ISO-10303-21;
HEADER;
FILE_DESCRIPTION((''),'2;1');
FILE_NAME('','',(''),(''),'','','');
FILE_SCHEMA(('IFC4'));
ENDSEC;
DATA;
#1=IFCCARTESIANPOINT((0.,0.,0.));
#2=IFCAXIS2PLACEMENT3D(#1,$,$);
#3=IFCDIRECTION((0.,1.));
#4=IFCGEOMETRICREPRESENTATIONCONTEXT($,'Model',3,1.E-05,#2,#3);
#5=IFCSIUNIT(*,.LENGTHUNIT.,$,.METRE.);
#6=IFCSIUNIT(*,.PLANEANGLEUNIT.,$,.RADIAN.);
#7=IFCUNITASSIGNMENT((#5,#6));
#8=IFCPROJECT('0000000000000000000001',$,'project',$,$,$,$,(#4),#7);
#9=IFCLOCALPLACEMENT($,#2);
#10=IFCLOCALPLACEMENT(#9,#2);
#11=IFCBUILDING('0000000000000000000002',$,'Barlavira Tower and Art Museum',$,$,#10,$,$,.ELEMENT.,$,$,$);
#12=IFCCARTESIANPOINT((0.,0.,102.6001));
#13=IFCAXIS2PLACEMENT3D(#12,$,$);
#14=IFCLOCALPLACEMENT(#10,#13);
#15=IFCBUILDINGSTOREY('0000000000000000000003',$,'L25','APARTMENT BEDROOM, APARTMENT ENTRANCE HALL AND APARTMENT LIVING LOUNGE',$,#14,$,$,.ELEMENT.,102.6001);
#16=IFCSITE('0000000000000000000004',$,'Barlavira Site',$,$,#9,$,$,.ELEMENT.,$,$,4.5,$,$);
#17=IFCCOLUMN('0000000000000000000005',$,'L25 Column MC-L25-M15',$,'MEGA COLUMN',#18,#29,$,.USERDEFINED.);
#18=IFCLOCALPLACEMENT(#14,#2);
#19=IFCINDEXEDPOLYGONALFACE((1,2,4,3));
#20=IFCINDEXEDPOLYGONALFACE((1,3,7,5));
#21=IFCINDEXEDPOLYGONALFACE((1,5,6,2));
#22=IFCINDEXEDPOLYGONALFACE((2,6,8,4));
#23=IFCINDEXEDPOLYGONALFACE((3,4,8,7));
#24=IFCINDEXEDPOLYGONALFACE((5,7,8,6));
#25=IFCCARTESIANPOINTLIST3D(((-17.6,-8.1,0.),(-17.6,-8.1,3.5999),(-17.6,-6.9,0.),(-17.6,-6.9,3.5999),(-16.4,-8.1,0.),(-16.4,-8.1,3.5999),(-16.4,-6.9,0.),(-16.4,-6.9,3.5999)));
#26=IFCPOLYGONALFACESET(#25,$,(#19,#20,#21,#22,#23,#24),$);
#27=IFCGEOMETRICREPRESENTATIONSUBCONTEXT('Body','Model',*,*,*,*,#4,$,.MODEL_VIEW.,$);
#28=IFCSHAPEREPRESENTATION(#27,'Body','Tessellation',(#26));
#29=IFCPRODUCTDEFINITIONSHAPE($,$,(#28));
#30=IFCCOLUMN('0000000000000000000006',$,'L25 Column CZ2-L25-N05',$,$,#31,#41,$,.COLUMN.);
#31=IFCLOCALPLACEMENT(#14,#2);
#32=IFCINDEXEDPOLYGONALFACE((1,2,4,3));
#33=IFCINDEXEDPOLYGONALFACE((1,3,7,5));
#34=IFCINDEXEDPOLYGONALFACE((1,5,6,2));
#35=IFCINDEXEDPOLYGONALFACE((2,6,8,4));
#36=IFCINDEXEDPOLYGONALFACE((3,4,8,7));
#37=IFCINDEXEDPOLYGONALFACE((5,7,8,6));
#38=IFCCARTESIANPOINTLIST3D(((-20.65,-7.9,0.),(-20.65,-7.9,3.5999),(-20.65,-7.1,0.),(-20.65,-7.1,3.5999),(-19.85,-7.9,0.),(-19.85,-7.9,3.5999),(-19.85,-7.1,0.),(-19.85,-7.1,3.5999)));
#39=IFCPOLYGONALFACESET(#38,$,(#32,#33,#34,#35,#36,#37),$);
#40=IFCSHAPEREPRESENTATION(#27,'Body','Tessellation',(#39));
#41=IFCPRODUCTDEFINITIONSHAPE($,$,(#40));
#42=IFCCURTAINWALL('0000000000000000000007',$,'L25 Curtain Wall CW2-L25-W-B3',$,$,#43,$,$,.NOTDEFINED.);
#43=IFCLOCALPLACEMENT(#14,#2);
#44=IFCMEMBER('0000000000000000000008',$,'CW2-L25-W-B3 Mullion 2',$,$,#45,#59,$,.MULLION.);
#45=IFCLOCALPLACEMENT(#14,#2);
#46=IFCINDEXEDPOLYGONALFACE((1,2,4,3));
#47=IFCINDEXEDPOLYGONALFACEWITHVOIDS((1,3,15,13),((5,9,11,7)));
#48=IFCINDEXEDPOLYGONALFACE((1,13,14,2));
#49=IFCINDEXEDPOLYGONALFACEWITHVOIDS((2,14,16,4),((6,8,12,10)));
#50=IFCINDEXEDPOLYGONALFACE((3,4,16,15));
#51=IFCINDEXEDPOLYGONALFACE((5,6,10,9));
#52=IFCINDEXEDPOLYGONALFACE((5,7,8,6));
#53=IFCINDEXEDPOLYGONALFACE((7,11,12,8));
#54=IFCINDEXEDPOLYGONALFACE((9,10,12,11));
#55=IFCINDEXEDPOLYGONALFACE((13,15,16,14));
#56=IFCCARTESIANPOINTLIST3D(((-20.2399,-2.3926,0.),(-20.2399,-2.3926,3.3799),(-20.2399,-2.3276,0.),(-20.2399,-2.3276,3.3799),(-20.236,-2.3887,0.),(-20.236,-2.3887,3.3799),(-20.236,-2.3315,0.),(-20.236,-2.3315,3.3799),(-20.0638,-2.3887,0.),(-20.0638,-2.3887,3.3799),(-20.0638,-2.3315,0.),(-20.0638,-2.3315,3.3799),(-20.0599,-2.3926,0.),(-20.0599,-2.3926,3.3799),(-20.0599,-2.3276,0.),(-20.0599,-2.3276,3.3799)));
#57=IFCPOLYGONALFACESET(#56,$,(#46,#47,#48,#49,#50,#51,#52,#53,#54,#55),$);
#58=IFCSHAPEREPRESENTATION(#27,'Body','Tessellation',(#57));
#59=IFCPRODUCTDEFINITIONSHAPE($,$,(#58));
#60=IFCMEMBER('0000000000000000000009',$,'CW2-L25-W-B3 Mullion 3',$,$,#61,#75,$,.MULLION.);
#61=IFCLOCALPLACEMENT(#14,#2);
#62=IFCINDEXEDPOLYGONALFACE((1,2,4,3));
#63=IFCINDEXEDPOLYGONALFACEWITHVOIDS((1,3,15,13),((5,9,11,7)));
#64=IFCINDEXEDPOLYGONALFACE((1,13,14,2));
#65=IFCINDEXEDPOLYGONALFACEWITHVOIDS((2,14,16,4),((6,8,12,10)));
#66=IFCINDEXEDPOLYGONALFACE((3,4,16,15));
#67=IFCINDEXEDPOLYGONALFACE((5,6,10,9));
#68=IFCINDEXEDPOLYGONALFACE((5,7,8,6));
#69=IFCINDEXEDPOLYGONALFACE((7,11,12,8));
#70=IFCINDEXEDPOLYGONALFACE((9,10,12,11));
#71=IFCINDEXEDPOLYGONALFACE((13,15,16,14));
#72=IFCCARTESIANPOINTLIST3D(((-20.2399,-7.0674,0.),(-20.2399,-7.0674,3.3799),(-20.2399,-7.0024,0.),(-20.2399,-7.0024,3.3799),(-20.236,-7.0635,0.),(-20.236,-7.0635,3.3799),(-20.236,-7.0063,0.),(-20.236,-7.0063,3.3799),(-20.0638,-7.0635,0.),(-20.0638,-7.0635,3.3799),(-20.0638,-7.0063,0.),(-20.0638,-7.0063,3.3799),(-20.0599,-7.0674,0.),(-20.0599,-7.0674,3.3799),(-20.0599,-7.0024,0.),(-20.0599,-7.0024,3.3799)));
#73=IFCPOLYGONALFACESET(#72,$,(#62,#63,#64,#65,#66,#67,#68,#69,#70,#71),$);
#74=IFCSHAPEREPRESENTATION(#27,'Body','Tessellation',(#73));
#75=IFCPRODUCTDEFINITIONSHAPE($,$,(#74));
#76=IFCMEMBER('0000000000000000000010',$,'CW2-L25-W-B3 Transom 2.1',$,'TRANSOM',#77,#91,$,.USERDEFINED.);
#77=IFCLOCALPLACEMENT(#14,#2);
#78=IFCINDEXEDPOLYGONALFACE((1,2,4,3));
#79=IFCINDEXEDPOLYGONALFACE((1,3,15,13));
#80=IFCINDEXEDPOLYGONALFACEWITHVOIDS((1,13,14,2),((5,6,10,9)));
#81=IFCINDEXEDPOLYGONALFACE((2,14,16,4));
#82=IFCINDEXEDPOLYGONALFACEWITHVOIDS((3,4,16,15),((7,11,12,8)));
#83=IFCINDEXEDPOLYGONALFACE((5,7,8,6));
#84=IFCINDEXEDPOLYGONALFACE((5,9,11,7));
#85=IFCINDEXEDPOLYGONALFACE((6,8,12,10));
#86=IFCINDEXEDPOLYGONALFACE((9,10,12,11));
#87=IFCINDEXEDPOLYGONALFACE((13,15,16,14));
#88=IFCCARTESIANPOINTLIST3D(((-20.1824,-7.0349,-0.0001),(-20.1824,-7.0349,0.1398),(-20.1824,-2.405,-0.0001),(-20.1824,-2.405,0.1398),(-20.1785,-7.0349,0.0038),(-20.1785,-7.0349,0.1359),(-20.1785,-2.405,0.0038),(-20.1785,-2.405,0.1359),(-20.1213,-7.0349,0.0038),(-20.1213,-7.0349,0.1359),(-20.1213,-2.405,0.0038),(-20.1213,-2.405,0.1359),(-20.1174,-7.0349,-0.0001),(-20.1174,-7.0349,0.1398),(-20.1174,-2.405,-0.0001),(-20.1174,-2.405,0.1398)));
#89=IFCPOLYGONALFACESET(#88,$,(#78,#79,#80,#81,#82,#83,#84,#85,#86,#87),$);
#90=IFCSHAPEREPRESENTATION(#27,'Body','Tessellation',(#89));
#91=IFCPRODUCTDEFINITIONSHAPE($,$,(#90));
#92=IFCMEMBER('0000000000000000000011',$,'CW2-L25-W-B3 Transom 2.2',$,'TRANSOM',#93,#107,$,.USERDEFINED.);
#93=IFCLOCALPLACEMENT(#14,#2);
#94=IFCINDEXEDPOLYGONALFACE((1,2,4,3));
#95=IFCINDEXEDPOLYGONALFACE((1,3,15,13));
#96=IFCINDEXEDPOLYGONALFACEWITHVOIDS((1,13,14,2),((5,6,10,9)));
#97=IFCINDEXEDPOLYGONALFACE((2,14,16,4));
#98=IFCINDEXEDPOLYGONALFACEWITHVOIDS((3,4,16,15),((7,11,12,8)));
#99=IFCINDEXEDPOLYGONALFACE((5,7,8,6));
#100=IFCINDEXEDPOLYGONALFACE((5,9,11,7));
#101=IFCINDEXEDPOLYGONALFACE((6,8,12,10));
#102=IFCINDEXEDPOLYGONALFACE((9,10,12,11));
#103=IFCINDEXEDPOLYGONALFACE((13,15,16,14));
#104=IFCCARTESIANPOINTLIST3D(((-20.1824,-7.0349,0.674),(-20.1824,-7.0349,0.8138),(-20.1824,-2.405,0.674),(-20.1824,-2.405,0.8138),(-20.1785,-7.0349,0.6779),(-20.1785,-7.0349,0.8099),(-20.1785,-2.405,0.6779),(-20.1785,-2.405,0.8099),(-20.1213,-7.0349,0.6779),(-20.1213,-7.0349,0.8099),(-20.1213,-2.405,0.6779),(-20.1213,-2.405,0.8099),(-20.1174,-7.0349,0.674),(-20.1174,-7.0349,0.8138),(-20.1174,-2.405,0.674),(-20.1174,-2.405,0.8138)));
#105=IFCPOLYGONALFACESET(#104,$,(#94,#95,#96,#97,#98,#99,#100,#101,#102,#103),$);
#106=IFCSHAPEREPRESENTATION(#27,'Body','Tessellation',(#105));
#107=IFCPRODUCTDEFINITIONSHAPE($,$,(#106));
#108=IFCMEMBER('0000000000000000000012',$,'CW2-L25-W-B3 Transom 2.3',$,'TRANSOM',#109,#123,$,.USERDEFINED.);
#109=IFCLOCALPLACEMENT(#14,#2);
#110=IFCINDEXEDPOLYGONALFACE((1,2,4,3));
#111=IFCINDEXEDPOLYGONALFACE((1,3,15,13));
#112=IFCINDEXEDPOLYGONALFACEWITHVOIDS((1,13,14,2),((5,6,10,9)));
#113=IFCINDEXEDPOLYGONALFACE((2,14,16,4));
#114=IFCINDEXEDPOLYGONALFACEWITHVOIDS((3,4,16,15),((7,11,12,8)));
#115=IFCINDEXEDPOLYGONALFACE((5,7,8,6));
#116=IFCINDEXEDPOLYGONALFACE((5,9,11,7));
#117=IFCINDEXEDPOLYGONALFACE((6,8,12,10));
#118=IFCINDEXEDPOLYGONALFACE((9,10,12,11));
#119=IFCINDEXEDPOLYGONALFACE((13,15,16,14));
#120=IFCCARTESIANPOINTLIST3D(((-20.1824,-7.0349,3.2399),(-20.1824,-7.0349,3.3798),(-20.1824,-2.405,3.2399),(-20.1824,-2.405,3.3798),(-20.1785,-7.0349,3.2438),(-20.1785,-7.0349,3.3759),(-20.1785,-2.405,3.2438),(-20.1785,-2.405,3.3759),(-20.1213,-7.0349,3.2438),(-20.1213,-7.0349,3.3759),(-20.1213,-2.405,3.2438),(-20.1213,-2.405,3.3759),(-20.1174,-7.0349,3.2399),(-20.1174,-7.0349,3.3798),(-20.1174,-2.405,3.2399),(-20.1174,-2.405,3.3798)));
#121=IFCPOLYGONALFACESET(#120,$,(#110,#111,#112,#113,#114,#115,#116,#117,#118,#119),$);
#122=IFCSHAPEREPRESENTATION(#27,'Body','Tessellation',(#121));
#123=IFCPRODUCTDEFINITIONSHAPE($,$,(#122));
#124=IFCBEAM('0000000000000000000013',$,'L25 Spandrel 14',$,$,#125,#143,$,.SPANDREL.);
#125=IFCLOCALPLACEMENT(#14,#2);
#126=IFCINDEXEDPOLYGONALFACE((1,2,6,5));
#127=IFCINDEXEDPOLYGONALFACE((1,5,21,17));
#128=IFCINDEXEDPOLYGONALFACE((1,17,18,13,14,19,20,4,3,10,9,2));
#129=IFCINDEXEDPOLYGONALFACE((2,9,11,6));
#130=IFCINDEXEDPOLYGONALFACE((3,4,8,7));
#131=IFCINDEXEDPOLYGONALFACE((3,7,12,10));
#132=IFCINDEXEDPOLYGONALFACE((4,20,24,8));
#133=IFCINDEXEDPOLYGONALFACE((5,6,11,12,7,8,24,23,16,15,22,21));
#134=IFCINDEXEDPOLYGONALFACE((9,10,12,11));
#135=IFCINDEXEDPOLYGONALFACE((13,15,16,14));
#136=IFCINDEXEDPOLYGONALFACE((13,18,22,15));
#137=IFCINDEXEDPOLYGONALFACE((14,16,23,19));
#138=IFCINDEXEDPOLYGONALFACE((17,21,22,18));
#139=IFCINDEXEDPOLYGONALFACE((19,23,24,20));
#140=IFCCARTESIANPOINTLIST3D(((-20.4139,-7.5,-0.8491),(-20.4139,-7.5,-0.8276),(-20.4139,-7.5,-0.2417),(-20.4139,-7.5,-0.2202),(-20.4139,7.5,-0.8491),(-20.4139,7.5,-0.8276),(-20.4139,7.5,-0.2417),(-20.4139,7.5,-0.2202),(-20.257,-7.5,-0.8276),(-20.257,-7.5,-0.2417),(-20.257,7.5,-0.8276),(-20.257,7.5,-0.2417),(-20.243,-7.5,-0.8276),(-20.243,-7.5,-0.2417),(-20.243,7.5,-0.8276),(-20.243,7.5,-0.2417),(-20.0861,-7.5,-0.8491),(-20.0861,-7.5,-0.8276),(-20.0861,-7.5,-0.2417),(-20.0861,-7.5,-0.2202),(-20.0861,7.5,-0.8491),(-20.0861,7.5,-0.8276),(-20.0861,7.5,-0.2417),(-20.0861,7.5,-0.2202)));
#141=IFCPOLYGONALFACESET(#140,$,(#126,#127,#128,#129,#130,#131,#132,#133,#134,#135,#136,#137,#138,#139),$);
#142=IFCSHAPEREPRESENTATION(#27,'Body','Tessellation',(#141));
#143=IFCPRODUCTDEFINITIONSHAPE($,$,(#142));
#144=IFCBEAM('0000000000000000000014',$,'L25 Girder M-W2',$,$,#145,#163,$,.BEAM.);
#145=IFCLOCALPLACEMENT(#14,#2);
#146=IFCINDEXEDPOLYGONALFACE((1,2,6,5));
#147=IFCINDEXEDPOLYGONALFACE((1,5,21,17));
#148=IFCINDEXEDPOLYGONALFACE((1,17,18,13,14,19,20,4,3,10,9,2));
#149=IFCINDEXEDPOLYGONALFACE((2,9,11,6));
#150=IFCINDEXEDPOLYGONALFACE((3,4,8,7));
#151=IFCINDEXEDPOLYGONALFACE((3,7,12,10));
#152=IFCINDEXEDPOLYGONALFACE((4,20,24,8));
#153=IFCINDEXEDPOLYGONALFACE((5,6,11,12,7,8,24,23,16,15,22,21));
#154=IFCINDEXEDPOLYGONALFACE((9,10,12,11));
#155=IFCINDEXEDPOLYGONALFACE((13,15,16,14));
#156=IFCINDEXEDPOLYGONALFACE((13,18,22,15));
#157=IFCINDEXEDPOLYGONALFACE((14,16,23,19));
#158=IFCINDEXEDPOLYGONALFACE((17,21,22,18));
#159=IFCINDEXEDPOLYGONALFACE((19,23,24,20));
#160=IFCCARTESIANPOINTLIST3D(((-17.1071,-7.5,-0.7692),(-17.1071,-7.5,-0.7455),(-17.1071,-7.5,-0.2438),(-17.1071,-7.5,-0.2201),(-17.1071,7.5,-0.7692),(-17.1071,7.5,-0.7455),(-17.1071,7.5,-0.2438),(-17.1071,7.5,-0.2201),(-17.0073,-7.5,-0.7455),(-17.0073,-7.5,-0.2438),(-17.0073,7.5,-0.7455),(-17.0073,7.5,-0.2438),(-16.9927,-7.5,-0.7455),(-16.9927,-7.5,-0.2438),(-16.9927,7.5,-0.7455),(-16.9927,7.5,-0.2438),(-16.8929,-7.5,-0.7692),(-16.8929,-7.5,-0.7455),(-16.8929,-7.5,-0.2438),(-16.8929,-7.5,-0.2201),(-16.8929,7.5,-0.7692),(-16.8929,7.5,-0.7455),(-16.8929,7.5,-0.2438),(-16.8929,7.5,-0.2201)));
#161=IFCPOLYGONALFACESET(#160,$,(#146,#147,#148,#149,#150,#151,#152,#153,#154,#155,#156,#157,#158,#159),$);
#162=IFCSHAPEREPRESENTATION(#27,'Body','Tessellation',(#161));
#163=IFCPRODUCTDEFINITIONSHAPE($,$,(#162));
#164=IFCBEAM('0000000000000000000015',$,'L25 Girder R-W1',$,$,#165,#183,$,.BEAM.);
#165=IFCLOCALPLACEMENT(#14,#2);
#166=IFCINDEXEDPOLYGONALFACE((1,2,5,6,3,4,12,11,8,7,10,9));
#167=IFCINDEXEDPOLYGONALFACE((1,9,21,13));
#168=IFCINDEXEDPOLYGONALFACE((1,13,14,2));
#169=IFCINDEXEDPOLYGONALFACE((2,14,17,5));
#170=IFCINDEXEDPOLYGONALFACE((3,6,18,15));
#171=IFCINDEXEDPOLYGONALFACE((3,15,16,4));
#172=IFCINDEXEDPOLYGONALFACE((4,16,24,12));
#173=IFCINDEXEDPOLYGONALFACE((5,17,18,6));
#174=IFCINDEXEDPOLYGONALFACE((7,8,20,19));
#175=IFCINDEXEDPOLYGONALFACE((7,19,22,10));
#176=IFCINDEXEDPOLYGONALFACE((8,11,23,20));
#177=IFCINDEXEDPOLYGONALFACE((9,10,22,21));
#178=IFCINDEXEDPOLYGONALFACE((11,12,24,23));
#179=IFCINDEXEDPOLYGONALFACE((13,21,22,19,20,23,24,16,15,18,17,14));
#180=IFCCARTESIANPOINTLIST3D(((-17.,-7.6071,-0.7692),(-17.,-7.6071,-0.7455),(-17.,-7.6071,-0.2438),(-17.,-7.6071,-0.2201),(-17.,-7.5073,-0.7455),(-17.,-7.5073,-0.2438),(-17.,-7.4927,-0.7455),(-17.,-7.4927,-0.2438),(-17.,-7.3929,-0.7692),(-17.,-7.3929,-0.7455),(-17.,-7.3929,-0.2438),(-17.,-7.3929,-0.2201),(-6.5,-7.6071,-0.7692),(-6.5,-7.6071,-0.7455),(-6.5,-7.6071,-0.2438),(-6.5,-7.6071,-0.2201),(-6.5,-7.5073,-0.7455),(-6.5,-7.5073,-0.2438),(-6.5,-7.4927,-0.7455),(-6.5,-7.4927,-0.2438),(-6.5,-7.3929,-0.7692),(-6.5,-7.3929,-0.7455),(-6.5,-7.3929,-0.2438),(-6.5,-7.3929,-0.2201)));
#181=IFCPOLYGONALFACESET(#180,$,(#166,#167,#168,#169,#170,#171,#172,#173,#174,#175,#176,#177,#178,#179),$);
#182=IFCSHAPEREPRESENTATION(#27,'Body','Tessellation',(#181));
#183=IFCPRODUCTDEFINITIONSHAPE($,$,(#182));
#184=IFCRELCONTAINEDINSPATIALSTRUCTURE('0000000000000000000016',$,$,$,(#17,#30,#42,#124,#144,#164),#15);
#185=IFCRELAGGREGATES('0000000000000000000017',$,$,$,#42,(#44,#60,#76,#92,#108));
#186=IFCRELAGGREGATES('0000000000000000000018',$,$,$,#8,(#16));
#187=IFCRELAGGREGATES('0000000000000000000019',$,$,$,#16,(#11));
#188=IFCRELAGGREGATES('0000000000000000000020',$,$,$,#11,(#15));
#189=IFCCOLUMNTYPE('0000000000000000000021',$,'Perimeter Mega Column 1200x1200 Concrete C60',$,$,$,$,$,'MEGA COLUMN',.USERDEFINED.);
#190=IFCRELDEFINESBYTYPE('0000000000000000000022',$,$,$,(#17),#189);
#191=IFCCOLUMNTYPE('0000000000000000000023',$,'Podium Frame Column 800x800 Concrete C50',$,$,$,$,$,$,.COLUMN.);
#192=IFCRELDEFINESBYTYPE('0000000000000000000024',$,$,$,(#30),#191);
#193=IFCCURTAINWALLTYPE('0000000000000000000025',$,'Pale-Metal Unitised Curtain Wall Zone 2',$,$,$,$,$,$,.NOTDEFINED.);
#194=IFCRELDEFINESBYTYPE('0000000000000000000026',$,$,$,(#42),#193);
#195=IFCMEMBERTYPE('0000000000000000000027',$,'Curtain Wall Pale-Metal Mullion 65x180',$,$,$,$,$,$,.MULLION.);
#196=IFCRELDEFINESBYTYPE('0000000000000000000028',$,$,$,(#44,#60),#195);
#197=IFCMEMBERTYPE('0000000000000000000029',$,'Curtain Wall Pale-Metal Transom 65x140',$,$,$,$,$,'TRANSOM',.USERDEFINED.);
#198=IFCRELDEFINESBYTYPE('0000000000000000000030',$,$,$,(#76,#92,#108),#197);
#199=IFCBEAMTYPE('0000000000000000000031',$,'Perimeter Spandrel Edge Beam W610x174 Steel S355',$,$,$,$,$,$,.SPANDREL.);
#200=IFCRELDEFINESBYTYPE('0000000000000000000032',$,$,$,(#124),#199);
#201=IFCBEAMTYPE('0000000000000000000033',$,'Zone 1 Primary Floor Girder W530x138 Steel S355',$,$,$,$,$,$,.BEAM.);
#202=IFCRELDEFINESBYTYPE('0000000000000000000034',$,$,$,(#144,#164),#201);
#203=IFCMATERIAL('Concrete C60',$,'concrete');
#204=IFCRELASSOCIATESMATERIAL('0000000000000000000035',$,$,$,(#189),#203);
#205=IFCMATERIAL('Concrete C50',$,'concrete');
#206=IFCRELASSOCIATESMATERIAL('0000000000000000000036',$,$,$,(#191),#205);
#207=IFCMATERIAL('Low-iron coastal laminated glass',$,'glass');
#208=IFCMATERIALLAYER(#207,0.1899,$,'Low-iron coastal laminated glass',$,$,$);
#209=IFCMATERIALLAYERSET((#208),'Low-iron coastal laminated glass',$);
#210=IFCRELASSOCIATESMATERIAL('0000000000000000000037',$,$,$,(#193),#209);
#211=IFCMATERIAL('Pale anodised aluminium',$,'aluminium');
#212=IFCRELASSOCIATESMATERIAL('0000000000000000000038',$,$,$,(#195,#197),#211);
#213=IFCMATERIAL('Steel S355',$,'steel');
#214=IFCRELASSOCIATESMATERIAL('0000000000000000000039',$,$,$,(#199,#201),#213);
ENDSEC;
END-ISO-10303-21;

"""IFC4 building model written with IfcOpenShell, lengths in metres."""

from ifc_helpers import new_model, si_unit, direction, frame, origin, origin_2d, place, context, subcontext, project, spatial, rectangle, hollow_rectangle, i_section, extrude, material, layer, layer_set, material_profile, profile_set, type_object, element, aggregate, save


model = new_model("IFC4")

# Units and contexts
model_context = context("Model", 3, precision=1e-05, world=origin(), true_north=direction((0.0, 1.0)))
body_context = subcontext(model_context, "Body", "Model", "MODEL_VIEW")
ifc_project = project(units=[si_unit("LENGTHUNIT", "METRE"), si_unit("PLANEANGLEUNIT", "RADIAN")], contexts=[model_context])

# Site, building, storey
site_placement = place(None, origin())
site = spatial("IfcSite", under=ifc_project, at=site_placement, Name="Barlavira Site", CompositionType="ELEMENT", RefElevation=4.5)
building_placement = place(site_placement, origin())
building = spatial("IfcBuilding", under=site, at=building_placement, Name="Barlavira Tower and Art Museum", CompositionType="ELEMENT")
storey_placement = place(building_placement, frame((0.0, 0.0, 102.6001)))
storey = spatial("IfcBuildingStorey", under=building, at=storey_placement, Name="L25", Description="APARTMENT BEDROOM, APARTMENT ENTRANCE HALL AND APARTMENT LIVING LOUNGE", CompositionType="ELEMENT", Elevation=102.6001)

# Columns
ifc_material_1 = material(Name="Concrete C60", Category="concrete")
ifc_material_profile_1 = material_profile(ifc_material_1, rectangle(XDim=1.2, YDim=1.2, at=origin_2d()), Name="RC-COL 1200x1200")
ifc_profile_set_1 = profile_set([ifc_material_profile_1], Name="Concrete C60")
column_type_1 = type_object("IfcColumnType", Name="Perimeter Mega Column 1200x1200 Concrete C60", ElementType="MEGA COLUMN", PredefinedType="USERDEFINED", material=ifc_profile_set_1)
column_1_placement = place(storey_placement, frame((-17.0, -7.5, 0.0), z_axis=(0.0, 0.0, 1.0), x_axis=(1.0, 0.0, 0.0)))
element("IfcColumn", 1, at=column_1_placement, inside=storey, type_object=column_type_1, Name="L25 Column MC-L25-M15", ObjectType="MEGA COLUMN", PredefinedType="USERDEFINED", context=body_context, shape_type="SweptSolid", body=[
    extrude(rectangle(XDim=1.2, YDim=1.2, at=origin_2d()), origin(), (0.0, 0.0, 1.0), 3.5999),
])
ifc_material_2 = material(Name="Concrete C50", Category="concrete")
ifc_material_profile_2 = material_profile(ifc_material_2, rectangle(XDim=0.8, YDim=0.8, at=origin_2d()), Name="RC-COL 800x800")
ifc_profile_set_2 = profile_set([ifc_material_profile_2], Name="Concrete C50")
column_type_2 = type_object("IfcColumnType", Name="Podium Frame Column 800x800 Concrete C50", PredefinedType="COLUMN", material=ifc_profile_set_2)
column_2_placement = place(storey_placement, frame((-20.25, -7.5, 0.0), z_axis=(0.0, 0.0, 1.0), x_axis=(1.0, 0.0, 0.0)))
element("IfcColumn", 2, at=column_2_placement, inside=storey, type_object=column_type_2, Name="L25 Column CZ2-L25-N05", PredefinedType="COLUMN", context=body_context, shape_type="SweptSolid", body=[
    extrude(rectangle(XDim=0.8, YDim=0.8, at=origin_2d()), origin(), (0.0, 0.0, 1.0), 3.5999),
])

# Curtain wall, members
ifc_material_3 = material(Name="Low-iron coastal laminated glass", Category="glass")
ifc_layer_1 = layer(ifc_material_3, 0.1899, Name="Low-iron coastal laminated glass")
ifc_layer_set_1 = layer_set([ifc_layer_1], Name="Low-iron coastal laminated glass")
curtain_wall_type = type_object("IfcCurtainWallType", Name="Pale-Metal Unitised Curtain Wall Zone 2", PredefinedType="NOTDEFINED", material=ifc_layer_set_1)
curtain_wall_placement = place(storey_placement, origin())
curtain_wall = element("IfcCurtainWall", 3, at=curtain_wall_placement, inside=storey, type_object=curtain_wall_type, Name="L25 Curtain Wall CW2-L25-W-B3", PredefinedType="NOTDEFINED")
ifc_material_4 = material(Name="Pale anodised aluminium", Category="aluminium")
ifc_material_profile_3 = material_profile(ifc_material_4, hollow_rectangle(XDim=0.0649, YDim=0.1799, WallThickness=0.0039, at=origin_2d()), Name="ALU-MULL 65x180x4")
ifc_profile_set_3 = profile_set([ifc_material_profile_3], Name="Pale anodised aluminium")
member_type_1 = type_object("IfcMemberType", Name="Curtain Wall Pale-Metal Mullion 65x180", PredefinedType="MULLION", material=ifc_profile_set_3)
member_1_placement = place(storey_placement, frame((-20.1499, -2.3601, 0.0), z_axis=(0.0, 0.0, 1.0), x_axis=(0.0, -1.0, 0.0)))
member_1 = element("IfcMember", 4, at=member_1_placement, type_object=member_type_1, Name="CW2-L25-W-B3 Mullion 2", PredefinedType="MULLION", context=body_context, shape_type="SweptSolid", body=[
    extrude(hollow_rectangle(XDim=0.0649, YDim=0.1799, WallThickness=0.0039, at=origin_2d()), origin(), (0.0, 0.0, 1.0), 3.3799),
])
member_2_placement = place(storey_placement, frame((-20.1499, -7.0349, 0.0), z_axis=(0.0, 0.0, 1.0), x_axis=(0.0, -1.0, 0.0)))
member_2 = element("IfcMember", 5, at=member_2_placement, type_object=member_type_1, Name="CW2-L25-W-B3 Mullion 3", PredefinedType="MULLION", context=body_context, shape_type="SweptSolid", body=[
    extrude(hollow_rectangle(XDim=0.0649, YDim=0.1799, WallThickness=0.0039, at=origin_2d()), origin(), (0.0, 0.0, 1.0), 3.3799),
])
ifc_material_profile_4 = material_profile(ifc_material_4, hollow_rectangle(XDim=0.0649, YDim=0.1399, WallThickness=0.0039, at=origin_2d()), Name="ALU-TRAN 65x140x4")
ifc_profile_set_4 = profile_set([ifc_material_profile_4], Name="Pale anodised aluminium")
member_type_2 = type_object("IfcMemberType", Name="Curtain Wall Pale-Metal Transom 65x140", ElementType="TRANSOM", PredefinedType="USERDEFINED", material=ifc_profile_set_4)
member_3_placement = place(storey_placement, frame((-20.1499, -2.405, 0.0698), z_axis=(0.0, -1.0, 0.0), x_axis=(1.0, 0.0, 0.0)))
member_3 = element("IfcMember", 6, at=member_3_placement, type_object=member_type_2, Name="CW2-L25-W-B3 Transom 2.1", ObjectType="TRANSOM", PredefinedType="USERDEFINED", context=body_context, shape_type="SweptSolid", body=[
    extrude(hollow_rectangle(XDim=0.0649, YDim=0.1399, WallThickness=0.0039, at=origin_2d()), origin(), (0.0, 0.0, 1.0), 4.6299),
])
member_4_placement = place(storey_placement, frame((-20.1499, -2.405, 0.7439), z_axis=(0.0, -1.0, 0.0), x_axis=(1.0, 0.0, 0.0)))
member_4 = element("IfcMember", 7, at=member_4_placement, type_object=member_type_2, Name="CW2-L25-W-B3 Transom 2.2", ObjectType="TRANSOM", PredefinedType="USERDEFINED", context=body_context, shape_type="SweptSolid", body=[
    extrude(hollow_rectangle(XDim=0.0649, YDim=0.1399, WallThickness=0.0039, at=origin_2d()), origin(), (0.0, 0.0, 1.0), 4.6299),
])
member_5_placement = place(storey_placement, frame((-20.1499, -2.405, 3.3098), z_axis=(0.0, -1.0, 0.0), x_axis=(1.0, 0.0, 0.0)))
member_5 = element("IfcMember", 8, at=member_5_placement, type_object=member_type_2, Name="CW2-L25-W-B3 Transom 2.3", ObjectType="TRANSOM", PredefinedType="USERDEFINED", context=body_context, shape_type="SweptSolid", body=[
    extrude(hollow_rectangle(XDim=0.0649, YDim=0.1399, WallThickness=0.0039, at=origin_2d()), origin(), (0.0, 0.0, 1.0), 4.6299),
])

# Beams
ifc_material_5 = material(Name="Steel S355", Category="steel")
ifc_material_profile_5 = material_profile(ifc_material_5, i_section(OverallWidth=0.3279, OverallDepth=0.6289, WebThickness=0.0139, FlangeThickness=0.0215, at=origin_2d()), Name="W610x174.0")
ifc_profile_set_5 = profile_set([ifc_material_profile_5], Name="Steel S355")
beam_type_1 = type_object("IfcBeamType", Name="Perimeter Spandrel Edge Beam W610x174 Steel S355", PredefinedType="SPANDREL", material=ifc_profile_set_5)
beam_1_placement = place(storey_placement, frame((-20.25, -7.5, -0.5347), z_axis=(0.0, 1.0, 0.0), x_axis=(-1.0, 0.0, 0.0)))
element("IfcBeam", 9, at=beam_1_placement, inside=storey, type_object=beam_type_1, Name="L25 Spandrel 14", PredefinedType="SPANDREL", context=body_context, shape_type="SweptSolid", body=[
    extrude(i_section(OverallWidth=0.3279, OverallDepth=0.6289, WebThickness=0.0139, FlangeThickness=0.0215, at=origin_2d()), origin(), (0.0, 0.0, 1.0), 15.0),
])
ifc_material_profile_6 = material_profile(ifc_material_5, i_section(OverallWidth=0.2141, OverallDepth=0.5491, WebThickness=0.0146, FlangeThickness=0.0237, at=origin_2d()), Name="W530x138.0")
ifc_profile_set_6 = profile_set([ifc_material_profile_6], Name="Steel S355")
beam_type_2 = type_object("IfcBeamType", Name="Zone 1 Primary Floor Girder W530x138 Steel S355", PredefinedType="BEAM", material=ifc_profile_set_6)
beam_2_placement = place(storey_placement, frame((-17.0, -7.5, -0.4946), z_axis=(0.0, 1.0, 0.0), x_axis=(-1.0, 0.0, 0.0)))
element("IfcBeam", 10, at=beam_2_placement, inside=storey, type_object=beam_type_2, Name="L25 Girder M-W2", PredefinedType="BEAM", context=body_context, shape_type="SweptSolid", body=[
    extrude(i_section(OverallWidth=0.2141, OverallDepth=0.5491, WebThickness=0.0146, FlangeThickness=0.0237, at=origin_2d()), origin(), (0.0, 0.0, 1.0), 15.0),
])
beam_3_placement = place(storey_placement, frame((-17.0, -7.5, -0.4946), z_axis=(1.0, 0.0, 0.0), x_axis=(0.0, 1.0, 0.0)))
element("IfcBeam", 11, at=beam_3_placement, inside=storey, type_object=beam_type_2, Name="L25 Girder R-W1", PredefinedType="BEAM", context=body_context, shape_type="SweptSolid", body=[
    extrude(i_section(OverallWidth=0.2141, OverallDepth=0.5491, WebThickness=0.0146, FlangeThickness=0.0237, at=origin_2d()), origin(), (0.0, 0.0, 1.0), 10.5),
])

aggregate(curtain_wall, [member_1, member_2, member_3, member_4, member_5])

save(model, "model.ifc")
